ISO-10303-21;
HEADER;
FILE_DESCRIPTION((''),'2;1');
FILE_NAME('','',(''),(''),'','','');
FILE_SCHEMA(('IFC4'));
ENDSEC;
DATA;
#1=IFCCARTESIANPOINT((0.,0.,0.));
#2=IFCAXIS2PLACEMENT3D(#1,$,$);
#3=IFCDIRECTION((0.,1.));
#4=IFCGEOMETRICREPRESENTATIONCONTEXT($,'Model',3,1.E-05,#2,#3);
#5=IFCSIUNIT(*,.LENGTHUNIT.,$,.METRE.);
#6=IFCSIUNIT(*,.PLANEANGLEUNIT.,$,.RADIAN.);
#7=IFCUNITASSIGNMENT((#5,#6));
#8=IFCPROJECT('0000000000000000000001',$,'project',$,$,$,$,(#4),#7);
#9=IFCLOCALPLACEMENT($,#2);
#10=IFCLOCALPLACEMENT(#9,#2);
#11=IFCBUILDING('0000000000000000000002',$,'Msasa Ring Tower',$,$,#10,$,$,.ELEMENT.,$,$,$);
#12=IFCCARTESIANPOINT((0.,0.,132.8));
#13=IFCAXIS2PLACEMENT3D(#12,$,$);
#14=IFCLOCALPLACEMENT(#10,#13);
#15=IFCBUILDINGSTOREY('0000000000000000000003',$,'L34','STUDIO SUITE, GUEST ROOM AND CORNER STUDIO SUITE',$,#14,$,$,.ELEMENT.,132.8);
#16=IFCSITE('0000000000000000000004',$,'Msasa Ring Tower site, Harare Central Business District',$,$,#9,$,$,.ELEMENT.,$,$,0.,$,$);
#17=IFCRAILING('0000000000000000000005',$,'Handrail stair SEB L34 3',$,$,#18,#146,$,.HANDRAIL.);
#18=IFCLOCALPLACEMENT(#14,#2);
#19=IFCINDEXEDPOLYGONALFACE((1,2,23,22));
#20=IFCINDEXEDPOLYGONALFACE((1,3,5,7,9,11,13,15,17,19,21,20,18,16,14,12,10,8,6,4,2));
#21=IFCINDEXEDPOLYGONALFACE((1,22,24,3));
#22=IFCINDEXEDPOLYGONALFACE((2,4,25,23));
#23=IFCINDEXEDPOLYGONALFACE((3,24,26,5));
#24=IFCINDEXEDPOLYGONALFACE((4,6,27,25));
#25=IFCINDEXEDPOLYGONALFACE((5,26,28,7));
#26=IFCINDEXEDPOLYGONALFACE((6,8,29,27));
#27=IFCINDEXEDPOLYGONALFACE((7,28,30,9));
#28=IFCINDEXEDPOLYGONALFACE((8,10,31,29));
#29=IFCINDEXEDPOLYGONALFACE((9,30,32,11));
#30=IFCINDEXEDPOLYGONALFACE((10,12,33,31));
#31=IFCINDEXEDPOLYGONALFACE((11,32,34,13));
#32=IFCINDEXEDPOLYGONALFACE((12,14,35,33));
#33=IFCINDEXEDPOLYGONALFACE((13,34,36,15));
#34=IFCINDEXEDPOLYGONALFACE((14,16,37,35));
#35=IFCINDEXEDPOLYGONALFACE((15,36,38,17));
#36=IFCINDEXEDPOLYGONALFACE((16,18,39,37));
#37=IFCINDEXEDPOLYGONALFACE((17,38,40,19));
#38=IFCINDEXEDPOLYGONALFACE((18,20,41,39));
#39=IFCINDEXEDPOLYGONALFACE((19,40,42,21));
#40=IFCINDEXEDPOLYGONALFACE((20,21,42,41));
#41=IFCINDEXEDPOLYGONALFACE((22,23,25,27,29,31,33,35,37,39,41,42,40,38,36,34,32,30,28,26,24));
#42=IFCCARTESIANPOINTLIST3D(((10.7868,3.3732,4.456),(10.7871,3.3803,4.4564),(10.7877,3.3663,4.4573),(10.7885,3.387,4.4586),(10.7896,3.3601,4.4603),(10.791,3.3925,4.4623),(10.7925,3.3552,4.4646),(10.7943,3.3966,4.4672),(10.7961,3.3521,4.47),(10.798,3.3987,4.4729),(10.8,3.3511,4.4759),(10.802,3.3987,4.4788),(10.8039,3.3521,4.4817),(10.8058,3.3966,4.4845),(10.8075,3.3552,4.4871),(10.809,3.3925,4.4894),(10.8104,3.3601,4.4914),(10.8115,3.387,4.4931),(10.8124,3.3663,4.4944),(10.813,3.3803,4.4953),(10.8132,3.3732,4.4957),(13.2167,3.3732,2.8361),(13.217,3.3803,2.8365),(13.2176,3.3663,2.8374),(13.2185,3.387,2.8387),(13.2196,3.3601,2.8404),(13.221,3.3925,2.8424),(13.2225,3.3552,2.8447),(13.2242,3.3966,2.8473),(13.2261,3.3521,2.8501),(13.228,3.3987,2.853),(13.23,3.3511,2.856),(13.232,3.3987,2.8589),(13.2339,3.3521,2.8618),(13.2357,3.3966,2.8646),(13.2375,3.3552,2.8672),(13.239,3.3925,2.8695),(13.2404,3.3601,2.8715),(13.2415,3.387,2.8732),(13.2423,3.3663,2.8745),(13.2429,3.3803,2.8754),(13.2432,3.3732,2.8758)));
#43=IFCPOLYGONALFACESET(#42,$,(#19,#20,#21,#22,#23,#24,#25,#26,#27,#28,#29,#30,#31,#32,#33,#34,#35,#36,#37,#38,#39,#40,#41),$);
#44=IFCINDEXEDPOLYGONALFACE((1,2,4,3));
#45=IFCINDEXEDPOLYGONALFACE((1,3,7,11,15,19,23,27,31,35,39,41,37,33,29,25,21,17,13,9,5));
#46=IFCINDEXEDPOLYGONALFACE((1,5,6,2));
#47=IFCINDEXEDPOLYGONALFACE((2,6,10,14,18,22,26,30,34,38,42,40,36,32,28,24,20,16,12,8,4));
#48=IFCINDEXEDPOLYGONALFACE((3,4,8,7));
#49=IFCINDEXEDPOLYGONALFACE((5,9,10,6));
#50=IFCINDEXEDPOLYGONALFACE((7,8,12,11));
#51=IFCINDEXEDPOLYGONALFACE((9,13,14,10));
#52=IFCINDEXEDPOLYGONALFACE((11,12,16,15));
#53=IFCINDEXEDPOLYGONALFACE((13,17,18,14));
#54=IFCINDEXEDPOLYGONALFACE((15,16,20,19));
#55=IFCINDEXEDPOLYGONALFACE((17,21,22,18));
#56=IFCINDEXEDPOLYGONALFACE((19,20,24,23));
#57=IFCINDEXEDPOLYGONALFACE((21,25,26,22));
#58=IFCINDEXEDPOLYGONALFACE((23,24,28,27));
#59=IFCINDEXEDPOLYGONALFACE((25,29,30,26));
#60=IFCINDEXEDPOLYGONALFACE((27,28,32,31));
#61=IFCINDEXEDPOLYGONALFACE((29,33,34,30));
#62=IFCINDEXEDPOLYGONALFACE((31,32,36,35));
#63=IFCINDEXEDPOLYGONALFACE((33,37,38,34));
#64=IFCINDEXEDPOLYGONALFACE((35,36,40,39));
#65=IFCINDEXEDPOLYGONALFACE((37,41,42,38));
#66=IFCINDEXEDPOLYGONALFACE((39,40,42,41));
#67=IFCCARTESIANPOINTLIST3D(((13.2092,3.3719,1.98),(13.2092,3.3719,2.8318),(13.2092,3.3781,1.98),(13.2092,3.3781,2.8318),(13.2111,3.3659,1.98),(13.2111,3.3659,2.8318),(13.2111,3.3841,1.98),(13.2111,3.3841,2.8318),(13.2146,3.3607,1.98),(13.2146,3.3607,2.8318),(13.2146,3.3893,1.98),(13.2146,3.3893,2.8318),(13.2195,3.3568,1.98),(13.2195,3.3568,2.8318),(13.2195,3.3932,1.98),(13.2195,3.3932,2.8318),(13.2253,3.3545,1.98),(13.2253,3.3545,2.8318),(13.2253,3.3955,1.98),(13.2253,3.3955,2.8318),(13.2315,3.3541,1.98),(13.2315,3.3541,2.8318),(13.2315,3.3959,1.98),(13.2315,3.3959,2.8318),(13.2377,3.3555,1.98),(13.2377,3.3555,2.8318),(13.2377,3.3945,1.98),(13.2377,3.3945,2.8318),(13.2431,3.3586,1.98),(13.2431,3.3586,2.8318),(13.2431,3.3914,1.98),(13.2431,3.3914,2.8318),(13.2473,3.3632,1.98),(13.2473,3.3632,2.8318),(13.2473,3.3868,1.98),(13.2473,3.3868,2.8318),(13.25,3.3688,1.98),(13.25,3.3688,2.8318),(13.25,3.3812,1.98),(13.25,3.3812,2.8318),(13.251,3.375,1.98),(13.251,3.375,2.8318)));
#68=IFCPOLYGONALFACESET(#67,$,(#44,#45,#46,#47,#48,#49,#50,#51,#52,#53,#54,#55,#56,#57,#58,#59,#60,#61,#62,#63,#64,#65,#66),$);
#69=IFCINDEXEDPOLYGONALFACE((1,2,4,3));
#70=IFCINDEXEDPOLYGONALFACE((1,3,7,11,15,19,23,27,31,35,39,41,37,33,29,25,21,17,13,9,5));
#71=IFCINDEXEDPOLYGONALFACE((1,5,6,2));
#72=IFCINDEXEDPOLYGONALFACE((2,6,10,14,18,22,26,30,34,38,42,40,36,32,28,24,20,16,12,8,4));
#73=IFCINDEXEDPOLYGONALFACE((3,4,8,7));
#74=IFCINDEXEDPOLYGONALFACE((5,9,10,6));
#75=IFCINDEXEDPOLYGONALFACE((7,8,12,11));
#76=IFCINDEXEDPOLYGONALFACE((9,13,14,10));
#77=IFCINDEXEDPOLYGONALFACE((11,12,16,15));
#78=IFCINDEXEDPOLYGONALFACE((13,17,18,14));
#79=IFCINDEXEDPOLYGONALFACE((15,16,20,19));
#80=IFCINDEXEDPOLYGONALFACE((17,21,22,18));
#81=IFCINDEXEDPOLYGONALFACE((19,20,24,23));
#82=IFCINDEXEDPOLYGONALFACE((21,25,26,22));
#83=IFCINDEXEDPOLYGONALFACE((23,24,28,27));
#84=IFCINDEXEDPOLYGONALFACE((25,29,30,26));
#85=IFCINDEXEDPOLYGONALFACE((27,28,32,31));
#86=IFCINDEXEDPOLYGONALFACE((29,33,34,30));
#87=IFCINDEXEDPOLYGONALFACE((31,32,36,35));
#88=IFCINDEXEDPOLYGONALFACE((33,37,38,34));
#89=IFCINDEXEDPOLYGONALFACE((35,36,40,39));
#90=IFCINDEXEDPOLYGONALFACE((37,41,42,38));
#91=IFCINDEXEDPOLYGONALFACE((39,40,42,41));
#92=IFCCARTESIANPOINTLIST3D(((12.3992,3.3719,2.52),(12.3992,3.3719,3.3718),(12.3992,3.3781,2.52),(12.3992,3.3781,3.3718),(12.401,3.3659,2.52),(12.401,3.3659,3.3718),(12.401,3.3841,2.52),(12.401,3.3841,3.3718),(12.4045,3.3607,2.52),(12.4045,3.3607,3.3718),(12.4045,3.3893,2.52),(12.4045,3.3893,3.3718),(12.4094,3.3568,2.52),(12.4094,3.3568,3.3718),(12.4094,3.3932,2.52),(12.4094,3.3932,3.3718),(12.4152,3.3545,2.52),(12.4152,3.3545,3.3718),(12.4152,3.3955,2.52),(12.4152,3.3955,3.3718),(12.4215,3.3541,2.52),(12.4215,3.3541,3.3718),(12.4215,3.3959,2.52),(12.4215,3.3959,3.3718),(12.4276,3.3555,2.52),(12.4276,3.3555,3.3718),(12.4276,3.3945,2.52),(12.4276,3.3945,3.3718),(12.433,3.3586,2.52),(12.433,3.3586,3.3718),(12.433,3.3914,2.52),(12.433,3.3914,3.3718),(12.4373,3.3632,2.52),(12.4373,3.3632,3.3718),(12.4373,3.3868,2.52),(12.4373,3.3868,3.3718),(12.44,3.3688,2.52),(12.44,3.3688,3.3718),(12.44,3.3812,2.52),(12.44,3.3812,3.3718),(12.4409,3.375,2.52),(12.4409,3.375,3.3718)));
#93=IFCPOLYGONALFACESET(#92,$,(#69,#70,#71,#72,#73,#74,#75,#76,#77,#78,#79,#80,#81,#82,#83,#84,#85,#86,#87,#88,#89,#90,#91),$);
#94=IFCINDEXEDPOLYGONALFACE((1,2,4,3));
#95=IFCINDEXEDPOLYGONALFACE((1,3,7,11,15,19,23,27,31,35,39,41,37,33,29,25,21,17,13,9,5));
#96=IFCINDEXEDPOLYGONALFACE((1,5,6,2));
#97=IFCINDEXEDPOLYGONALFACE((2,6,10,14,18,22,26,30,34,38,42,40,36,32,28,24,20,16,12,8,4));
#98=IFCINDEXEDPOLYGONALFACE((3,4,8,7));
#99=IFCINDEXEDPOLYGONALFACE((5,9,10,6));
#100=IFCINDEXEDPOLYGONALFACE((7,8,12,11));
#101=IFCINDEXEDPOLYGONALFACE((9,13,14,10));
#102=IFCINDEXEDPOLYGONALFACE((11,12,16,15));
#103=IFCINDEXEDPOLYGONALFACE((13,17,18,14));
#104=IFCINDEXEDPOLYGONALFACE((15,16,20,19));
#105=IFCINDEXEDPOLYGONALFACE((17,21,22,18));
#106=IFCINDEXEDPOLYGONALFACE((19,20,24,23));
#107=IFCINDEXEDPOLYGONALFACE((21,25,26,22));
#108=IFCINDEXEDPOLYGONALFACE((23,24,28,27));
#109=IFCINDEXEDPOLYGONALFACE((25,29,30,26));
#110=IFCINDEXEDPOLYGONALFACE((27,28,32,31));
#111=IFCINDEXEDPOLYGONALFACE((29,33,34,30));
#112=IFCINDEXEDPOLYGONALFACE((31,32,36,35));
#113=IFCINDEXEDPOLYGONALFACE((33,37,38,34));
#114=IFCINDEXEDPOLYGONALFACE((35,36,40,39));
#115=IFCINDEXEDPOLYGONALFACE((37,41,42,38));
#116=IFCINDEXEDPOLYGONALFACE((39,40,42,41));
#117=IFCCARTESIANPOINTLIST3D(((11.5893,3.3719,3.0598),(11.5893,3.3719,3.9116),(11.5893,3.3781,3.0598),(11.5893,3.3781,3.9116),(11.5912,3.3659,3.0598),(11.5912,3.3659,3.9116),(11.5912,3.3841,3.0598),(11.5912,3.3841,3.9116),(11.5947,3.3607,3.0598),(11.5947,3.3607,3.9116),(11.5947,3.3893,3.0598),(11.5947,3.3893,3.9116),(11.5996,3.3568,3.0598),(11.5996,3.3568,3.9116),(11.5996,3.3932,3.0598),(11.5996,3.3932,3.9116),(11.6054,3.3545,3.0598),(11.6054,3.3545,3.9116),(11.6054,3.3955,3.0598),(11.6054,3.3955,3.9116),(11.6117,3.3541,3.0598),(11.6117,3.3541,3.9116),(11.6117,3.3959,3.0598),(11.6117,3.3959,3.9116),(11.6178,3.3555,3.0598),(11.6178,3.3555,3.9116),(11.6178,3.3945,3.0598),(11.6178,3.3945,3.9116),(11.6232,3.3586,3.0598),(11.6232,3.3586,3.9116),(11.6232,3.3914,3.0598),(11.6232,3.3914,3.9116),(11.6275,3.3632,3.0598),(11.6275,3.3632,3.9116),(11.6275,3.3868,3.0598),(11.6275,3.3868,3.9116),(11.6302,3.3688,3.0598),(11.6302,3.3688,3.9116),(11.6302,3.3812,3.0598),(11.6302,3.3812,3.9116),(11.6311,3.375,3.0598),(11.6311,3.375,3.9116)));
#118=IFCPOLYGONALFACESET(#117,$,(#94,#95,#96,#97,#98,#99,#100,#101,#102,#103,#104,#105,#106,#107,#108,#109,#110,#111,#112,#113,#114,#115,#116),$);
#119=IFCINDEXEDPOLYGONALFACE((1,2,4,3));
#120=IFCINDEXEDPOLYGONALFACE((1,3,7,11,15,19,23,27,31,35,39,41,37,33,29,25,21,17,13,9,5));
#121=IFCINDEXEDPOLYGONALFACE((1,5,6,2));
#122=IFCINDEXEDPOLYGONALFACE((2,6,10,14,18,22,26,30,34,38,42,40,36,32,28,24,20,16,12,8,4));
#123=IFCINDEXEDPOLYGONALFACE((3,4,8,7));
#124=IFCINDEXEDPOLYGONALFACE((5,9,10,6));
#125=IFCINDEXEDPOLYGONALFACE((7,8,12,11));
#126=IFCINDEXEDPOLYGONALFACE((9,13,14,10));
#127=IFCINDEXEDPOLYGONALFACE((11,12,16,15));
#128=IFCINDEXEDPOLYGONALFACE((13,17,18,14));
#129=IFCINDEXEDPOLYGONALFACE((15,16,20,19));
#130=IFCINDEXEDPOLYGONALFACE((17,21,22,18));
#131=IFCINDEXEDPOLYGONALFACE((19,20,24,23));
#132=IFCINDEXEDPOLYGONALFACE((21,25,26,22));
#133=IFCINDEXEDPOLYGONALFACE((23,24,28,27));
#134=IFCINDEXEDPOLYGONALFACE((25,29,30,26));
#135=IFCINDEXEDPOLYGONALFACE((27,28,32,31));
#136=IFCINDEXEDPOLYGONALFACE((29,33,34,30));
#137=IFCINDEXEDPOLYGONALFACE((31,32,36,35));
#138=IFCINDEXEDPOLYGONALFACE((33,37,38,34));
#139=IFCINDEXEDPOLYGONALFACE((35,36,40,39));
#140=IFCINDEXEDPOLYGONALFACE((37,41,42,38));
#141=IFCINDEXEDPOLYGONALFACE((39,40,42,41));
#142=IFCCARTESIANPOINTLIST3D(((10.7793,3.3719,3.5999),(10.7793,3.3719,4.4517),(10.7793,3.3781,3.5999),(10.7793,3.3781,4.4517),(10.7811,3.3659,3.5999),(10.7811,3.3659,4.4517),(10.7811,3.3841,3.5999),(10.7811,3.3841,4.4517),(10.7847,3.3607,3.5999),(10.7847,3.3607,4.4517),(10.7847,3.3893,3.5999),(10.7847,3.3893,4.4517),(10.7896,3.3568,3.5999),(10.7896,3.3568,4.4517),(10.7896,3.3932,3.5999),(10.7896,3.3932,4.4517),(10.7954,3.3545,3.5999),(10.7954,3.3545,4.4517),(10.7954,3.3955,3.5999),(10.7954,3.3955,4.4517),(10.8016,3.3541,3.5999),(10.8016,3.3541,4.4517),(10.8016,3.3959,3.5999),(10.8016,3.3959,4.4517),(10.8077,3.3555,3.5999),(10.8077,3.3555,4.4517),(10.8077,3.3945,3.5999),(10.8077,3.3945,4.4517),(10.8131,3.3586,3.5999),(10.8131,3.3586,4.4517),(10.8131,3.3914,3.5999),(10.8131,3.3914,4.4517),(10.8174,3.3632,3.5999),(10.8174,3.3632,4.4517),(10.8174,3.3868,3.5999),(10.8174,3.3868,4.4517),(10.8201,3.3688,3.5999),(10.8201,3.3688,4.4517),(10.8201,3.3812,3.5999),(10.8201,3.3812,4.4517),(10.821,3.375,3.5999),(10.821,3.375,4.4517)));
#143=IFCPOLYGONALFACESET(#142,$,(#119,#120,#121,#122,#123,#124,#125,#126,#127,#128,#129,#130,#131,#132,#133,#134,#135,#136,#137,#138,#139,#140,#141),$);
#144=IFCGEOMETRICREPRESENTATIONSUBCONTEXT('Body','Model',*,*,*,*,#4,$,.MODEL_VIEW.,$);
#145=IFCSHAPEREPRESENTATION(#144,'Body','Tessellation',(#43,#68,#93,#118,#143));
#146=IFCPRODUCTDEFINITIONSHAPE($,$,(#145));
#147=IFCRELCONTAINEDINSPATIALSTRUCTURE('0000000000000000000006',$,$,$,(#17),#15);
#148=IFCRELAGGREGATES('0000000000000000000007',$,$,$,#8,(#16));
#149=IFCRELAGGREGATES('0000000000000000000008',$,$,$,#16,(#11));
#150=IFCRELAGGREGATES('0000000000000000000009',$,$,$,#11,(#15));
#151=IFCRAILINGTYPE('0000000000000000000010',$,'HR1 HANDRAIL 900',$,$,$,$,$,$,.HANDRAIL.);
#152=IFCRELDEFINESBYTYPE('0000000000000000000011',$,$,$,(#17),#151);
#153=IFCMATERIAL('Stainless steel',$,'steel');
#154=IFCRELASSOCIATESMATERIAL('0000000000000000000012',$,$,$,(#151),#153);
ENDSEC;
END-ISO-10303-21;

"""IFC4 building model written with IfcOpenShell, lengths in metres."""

from ifc_helpers import new_model, si_unit, direction, frame, origin, origin_2d, place, context, subcontext, project, spatial, circle, extrude, material, type_object, element, save


model = new_model("IFC4")

# Units and contexts
model_context = context("Model", 3, precision=1e-05, world=origin(), true_north=direction((0.0, 1.0)))
body_context = subcontext(model_context, "Body", "Model", "MODEL_VIEW")
ifc_project = project(units=[si_unit("LENGTHUNIT", "METRE"), si_unit("PLANEANGLEUNIT", "RADIAN")], contexts=[model_context])

# Site, building, storey
site_placement = place(None, origin())
site = spatial("IfcSite", under=ifc_project, at=site_placement, Name="Msasa Ring Tower site, Harare Central Business District", CompositionType="ELEMENT", RefElevation=0.0)
building_placement = place(site_placement, origin())
building = spatial("IfcBuilding", under=site, at=building_placement, Name="Msasa Ring Tower", CompositionType="ELEMENT")
storey_placement = place(building_placement, frame((0.0, 0.0, 132.8)))
storey = spatial("IfcBuildingStorey", under=building, at=storey_placement, Name="L34", Description="STUDIO SUITE, GUEST ROOM AND CORNER STUDIO SUITE", CompositionType="ELEMENT", Elevation=132.8)

# Railing
ifc_material_1 = material(Name="Stainless steel", Category="steel")
railing_type = type_object("IfcRailingType", Name="HR1 HANDRAIL 900", PredefinedType="HANDRAIL", material=ifc_material_1)
for number, where, name in (
    (1, (13.23, 3.375, 1.98), "Handrail stair SEB L34 3"),
):
    element("IfcRailing", number, at=place(storey_placement, frame(where)), inside=storey, type_object=railing_type, Name=name, PredefinedType="HANDRAIL", context=body_context, shape_type="SweptSolid", body=[
        extrude(circle(Radius=0.0239, at=origin_2d()), frame((0.0, 0.0, 0.876), z_axis=(-0.832063, 0.0, 0.554681), x_axis=(0.0, -1.0, 0.0)), (0.0, 0.0, 1.0), 2.9204),
        extrude(circle(Radius=0.021, at=origin_2d()), origin(), (0.0, 0.0, 1.0), 0.8518),
        extrude(circle(Radius=0.021, at=origin_2d()), frame((-0.8101, 0.0, 0.54)), (0.0, 0.0, 1.0), 0.8518),
        extrude(circle(Radius=0.021, at=origin_2d()), frame((-1.6199, 0.0, 1.0798)), (0.0, 0.0, 1.0), 0.8518),
        extrude(circle(Radius=0.021, at=origin_2d()), frame((-2.4299, 0.0, 1.6199)), (0.0, 0.0, 1.0), 0.8518),
    ])

save(model, "model.ifc")
